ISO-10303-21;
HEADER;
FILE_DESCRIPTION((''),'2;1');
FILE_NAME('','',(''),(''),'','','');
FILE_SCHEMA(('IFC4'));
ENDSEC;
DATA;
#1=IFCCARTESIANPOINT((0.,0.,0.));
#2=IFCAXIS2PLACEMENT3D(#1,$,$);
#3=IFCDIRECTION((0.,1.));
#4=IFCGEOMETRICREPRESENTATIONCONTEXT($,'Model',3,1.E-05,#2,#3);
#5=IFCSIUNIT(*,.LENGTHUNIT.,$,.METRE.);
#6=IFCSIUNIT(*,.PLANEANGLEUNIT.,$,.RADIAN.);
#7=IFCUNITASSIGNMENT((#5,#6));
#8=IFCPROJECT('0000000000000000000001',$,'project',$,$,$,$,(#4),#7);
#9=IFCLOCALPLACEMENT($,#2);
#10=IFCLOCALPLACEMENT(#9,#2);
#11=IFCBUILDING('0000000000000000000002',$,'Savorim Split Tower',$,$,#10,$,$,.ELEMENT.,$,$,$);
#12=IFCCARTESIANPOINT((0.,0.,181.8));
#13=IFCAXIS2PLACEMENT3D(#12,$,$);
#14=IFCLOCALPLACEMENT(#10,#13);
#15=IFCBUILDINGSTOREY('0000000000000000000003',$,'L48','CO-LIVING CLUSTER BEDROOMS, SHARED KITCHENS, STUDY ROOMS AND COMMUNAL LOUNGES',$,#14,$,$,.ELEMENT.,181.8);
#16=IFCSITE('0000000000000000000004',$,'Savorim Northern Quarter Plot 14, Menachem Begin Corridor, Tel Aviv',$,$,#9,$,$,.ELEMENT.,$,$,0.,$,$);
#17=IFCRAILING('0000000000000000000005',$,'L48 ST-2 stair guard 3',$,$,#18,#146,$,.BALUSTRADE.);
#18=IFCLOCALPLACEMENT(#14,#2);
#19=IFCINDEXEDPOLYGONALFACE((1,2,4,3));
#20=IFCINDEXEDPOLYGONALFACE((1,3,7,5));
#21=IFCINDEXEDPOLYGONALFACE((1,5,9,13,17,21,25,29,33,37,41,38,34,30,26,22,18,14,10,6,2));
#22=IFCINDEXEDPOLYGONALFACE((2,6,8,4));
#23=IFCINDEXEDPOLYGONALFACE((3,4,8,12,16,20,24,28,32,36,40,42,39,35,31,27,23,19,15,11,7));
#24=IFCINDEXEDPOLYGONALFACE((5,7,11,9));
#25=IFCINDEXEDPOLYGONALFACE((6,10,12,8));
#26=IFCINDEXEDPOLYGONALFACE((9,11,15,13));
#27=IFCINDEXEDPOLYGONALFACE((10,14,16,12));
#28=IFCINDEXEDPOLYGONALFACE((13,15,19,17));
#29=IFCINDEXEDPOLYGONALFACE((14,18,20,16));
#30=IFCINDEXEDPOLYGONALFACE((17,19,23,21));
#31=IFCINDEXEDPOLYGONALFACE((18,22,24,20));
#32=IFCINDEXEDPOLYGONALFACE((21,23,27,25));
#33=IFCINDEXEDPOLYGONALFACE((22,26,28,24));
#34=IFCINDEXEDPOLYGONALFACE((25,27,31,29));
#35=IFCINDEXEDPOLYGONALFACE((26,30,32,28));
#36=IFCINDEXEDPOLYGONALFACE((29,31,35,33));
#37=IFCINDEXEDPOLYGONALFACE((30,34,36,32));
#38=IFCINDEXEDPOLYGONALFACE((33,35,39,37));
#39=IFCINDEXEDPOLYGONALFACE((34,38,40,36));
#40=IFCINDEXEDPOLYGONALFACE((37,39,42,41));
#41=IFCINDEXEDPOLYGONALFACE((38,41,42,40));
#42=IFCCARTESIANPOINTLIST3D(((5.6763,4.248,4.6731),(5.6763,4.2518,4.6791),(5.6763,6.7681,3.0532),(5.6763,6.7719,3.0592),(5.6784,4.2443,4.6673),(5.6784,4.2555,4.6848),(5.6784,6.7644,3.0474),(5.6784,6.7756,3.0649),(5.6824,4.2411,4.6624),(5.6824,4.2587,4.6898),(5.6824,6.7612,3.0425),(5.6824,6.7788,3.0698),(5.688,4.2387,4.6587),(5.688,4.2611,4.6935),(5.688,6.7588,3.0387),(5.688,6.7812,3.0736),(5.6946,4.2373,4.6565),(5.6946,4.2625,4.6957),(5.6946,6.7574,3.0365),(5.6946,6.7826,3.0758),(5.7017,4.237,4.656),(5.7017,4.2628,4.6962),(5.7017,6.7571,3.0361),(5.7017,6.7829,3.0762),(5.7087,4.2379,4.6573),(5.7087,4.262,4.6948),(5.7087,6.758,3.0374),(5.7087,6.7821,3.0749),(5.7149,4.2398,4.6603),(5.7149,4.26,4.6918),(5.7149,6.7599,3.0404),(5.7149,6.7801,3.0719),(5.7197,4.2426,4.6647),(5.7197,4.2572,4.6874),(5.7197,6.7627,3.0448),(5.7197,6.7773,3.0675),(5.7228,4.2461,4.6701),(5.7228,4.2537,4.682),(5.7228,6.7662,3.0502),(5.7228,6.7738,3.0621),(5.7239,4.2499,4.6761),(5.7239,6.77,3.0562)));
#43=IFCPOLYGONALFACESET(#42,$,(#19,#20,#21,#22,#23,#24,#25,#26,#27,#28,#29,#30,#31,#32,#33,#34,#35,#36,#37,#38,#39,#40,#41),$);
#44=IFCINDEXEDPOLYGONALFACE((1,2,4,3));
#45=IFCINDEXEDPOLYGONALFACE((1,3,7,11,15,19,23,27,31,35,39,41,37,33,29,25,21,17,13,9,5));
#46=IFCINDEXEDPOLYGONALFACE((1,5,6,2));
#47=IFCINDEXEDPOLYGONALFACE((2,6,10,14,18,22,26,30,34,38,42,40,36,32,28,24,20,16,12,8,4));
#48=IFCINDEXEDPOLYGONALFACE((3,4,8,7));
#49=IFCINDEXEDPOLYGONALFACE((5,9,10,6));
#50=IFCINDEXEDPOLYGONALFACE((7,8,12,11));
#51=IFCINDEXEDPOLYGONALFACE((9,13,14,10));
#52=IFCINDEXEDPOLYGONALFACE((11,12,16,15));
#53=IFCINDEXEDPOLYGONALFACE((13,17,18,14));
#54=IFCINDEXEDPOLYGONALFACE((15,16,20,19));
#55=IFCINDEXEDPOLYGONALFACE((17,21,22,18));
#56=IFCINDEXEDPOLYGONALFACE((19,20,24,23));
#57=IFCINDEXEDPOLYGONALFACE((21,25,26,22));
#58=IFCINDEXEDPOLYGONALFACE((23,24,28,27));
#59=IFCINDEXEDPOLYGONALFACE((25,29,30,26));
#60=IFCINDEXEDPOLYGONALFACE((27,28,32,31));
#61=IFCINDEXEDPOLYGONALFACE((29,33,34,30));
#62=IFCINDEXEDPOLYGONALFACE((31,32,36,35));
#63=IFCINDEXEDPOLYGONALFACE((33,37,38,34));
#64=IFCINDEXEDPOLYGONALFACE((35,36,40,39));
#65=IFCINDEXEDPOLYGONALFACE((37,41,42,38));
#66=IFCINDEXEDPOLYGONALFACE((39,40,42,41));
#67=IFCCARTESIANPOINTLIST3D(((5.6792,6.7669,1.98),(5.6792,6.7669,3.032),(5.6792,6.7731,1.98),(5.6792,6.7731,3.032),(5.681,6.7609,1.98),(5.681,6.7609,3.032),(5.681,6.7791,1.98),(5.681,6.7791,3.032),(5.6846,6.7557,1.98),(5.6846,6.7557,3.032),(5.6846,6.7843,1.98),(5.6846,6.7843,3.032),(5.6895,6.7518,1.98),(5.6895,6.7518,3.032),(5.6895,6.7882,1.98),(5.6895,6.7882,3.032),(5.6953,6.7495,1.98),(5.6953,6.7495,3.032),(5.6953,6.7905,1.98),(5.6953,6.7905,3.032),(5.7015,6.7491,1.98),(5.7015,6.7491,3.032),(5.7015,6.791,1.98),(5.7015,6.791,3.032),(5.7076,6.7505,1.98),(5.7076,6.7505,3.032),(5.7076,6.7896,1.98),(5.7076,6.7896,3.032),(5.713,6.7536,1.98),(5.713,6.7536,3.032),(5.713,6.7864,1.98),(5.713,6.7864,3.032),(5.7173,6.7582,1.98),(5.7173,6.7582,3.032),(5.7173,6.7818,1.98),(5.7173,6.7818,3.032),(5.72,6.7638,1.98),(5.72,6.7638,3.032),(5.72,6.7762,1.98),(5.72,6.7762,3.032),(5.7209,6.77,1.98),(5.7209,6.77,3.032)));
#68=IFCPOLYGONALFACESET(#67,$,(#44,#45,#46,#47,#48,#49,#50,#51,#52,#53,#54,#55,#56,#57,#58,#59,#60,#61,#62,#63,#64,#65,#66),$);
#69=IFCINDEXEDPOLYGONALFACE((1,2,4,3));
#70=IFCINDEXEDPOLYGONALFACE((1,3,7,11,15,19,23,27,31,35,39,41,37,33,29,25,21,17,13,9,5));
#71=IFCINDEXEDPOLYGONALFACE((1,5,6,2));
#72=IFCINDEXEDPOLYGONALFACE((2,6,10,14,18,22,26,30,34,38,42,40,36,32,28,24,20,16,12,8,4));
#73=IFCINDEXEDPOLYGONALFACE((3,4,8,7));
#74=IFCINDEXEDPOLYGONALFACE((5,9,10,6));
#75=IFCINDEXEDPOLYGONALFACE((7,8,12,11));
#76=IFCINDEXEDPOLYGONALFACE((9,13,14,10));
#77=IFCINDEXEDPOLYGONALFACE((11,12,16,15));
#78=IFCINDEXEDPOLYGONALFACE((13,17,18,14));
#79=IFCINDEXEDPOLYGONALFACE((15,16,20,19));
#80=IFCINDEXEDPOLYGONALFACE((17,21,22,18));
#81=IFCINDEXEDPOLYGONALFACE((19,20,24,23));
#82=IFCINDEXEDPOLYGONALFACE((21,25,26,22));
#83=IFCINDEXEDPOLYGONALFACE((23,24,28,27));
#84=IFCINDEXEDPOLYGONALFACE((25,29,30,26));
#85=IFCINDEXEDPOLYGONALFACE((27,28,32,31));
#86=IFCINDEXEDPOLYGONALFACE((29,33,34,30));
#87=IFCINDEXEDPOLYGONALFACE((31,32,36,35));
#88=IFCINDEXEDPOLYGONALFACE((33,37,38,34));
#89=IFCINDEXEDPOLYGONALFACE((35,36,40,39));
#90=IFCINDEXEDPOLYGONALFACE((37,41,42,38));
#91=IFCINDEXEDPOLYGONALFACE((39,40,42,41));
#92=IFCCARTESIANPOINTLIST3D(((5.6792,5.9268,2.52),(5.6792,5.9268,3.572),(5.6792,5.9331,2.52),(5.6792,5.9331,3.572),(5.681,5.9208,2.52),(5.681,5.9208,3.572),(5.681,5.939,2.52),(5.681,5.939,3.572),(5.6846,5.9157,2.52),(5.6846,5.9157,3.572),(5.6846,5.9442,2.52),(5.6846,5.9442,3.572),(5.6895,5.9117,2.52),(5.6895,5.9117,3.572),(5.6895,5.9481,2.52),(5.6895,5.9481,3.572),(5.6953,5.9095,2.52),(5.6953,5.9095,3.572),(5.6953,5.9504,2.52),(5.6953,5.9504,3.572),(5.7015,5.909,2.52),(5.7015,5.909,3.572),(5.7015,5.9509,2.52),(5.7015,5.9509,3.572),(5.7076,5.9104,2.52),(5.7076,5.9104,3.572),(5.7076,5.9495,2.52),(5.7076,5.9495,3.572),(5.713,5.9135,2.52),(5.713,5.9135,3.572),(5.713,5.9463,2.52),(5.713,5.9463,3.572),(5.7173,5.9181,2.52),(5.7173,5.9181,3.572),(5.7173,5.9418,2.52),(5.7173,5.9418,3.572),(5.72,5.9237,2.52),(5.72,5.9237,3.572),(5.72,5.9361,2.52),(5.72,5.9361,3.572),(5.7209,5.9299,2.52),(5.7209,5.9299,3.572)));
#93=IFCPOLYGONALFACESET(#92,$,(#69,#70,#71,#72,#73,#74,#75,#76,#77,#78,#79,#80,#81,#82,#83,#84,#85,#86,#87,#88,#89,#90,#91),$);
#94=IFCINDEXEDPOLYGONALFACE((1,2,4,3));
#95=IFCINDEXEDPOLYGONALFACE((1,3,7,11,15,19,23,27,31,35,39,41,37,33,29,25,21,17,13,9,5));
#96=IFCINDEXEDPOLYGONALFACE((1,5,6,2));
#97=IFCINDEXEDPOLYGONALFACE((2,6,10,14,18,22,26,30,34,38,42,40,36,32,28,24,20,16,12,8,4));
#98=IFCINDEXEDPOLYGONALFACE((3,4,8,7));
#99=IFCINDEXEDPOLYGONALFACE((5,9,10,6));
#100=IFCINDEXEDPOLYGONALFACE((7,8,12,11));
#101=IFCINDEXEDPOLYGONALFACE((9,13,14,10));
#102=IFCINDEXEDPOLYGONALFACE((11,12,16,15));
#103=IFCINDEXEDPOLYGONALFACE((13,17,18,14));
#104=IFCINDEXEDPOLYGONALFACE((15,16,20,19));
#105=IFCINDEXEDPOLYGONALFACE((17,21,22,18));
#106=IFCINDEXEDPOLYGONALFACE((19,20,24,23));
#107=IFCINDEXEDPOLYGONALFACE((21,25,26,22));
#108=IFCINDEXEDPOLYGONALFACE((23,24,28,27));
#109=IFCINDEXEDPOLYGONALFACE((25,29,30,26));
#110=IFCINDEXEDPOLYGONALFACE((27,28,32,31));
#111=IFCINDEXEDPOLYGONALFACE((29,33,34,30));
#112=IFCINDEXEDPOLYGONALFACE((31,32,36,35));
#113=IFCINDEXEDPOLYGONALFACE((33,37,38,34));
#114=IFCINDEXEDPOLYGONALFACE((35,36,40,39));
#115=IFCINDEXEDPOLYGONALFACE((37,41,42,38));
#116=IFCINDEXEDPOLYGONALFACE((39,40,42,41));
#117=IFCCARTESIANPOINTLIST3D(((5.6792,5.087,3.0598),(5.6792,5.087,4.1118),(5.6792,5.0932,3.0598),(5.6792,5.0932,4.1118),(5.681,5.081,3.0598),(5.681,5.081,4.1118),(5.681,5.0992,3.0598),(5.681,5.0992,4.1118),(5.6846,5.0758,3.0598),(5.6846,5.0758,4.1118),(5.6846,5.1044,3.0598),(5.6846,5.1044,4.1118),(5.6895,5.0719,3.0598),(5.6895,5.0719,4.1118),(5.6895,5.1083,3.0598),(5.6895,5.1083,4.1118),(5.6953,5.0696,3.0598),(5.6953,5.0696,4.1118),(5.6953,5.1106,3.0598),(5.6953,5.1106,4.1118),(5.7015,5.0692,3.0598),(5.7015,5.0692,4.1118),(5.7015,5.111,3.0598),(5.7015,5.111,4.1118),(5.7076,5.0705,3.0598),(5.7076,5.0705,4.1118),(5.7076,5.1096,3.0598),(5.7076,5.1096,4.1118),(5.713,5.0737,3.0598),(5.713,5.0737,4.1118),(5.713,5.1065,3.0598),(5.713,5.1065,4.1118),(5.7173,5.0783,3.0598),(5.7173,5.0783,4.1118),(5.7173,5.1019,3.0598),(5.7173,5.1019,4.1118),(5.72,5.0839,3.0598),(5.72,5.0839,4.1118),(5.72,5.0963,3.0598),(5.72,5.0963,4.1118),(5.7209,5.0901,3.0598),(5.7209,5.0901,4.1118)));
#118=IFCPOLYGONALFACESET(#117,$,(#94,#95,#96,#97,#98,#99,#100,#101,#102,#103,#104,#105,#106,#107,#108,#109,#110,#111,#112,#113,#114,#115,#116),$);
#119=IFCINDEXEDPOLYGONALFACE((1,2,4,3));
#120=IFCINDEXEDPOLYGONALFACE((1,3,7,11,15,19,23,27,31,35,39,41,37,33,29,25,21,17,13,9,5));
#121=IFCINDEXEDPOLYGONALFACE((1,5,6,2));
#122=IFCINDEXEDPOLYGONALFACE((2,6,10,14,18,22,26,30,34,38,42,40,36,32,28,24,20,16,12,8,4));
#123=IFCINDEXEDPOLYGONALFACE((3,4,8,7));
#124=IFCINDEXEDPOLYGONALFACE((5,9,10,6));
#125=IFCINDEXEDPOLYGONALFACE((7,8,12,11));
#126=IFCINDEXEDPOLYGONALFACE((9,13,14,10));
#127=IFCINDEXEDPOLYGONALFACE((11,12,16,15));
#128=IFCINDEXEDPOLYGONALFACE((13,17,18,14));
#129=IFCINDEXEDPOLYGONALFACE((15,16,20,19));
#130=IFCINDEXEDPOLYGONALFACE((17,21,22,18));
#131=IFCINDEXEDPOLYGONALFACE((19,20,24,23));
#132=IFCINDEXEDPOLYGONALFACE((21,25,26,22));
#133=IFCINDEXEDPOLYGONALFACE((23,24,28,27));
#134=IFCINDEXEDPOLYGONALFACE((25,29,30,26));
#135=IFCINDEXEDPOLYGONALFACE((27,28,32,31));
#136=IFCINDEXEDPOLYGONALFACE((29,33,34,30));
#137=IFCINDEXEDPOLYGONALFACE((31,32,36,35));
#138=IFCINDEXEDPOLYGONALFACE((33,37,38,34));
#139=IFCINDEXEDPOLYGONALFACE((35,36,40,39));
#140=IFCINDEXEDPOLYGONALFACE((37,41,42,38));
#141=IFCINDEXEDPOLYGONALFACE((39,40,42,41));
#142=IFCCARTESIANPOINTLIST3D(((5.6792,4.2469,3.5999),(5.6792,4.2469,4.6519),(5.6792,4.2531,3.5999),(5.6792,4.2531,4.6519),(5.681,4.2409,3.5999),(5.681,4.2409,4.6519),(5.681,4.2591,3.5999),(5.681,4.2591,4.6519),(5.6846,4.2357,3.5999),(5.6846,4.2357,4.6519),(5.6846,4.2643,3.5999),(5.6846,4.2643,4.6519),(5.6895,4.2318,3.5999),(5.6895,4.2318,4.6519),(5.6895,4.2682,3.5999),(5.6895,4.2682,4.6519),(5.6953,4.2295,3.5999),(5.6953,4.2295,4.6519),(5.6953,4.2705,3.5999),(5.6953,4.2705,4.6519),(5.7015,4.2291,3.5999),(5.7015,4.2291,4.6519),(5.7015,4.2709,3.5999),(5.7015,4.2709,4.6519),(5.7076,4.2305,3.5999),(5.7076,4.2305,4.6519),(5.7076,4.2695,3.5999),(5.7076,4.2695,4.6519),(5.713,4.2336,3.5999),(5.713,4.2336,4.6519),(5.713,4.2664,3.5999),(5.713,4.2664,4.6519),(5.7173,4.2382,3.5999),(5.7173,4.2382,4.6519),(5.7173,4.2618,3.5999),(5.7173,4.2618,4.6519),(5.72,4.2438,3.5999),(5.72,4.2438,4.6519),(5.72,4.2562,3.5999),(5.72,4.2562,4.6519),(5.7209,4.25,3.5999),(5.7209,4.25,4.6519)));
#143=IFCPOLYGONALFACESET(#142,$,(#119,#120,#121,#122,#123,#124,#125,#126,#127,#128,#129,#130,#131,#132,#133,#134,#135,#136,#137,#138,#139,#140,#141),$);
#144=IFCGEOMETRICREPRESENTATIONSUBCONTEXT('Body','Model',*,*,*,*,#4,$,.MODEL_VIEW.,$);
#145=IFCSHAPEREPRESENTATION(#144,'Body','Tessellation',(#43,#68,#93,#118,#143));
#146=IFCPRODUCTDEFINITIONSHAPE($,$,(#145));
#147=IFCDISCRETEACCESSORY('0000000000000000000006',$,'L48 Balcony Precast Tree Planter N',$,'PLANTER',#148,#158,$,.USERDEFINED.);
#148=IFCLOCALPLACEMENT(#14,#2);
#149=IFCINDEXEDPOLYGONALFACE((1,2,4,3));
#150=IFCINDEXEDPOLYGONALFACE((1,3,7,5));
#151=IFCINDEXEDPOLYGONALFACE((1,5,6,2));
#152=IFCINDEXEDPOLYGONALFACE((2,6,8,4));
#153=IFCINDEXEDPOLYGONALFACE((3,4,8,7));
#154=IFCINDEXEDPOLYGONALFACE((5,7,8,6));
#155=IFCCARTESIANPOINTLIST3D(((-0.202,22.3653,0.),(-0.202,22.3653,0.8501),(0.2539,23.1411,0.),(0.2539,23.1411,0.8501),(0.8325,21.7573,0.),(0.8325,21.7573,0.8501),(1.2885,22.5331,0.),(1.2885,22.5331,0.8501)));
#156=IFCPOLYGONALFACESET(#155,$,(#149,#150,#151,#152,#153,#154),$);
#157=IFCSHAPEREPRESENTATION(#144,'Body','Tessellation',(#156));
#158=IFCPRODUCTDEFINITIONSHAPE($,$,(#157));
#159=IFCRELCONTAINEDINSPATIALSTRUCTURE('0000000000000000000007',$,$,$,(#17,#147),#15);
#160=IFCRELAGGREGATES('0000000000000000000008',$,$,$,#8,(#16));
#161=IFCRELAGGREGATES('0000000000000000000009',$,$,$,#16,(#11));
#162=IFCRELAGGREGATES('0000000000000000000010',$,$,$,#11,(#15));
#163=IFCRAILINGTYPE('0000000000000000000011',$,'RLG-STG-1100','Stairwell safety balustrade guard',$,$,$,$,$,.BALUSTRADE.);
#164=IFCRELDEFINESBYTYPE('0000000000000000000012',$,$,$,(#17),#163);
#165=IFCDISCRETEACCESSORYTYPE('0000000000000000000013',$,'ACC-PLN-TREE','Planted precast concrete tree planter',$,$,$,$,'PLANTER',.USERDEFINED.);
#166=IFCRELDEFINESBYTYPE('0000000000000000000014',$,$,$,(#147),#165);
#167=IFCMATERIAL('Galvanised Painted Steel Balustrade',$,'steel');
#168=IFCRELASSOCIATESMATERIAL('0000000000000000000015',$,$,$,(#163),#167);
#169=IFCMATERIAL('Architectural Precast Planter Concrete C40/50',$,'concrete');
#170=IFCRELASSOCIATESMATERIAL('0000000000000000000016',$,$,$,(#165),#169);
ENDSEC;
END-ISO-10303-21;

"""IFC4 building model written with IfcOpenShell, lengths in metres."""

from ifc_helpers import new_model, si_unit, direction, frame, origin, origin_2d, place, context, subcontext, project, spatial, rectangle, circle, extrude, material, type_object, element, save


model = new_model("IFC4")

# Units and contexts
model_context = context("Model", 3, precision=1e-05, world=origin(), true_north=direction((0.0, 1.0)))
body_context = subcontext(model_context, "Body", "Model", "MODEL_VIEW")
ifc_project = project(units=[si_unit("LENGTHUNIT", "METRE"), si_unit("PLANEANGLEUNIT", "RADIAN")], contexts=[model_context])

# Site, building, storey
site_placement = place(None, origin())
site = spatial("IfcSite", under=ifc_project, at=site_placement, Name="Savorim Northern Quarter Plot 14, Menachem Begin Corridor, Tel Aviv", CompositionType="ELEMENT", RefElevation=0.0)
building_placement = place(site_placement, origin())
building = spatial("IfcBuilding", under=site, at=building_placement, Name="Savorim Split Tower", CompositionType="ELEMENT")
storey_placement = place(building_placement, frame((0.0, 0.0, 181.8)))
storey = spatial("IfcBuildingStorey", under=building, at=storey_placement, Name="L48", Description="CO-LIVING CLUSTER BEDROOMS, SHARED KITCHENS, STUDY ROOMS AND COMMUNAL LOUNGES", CompositionType="ELEMENT", Elevation=181.8)

# Railing
ifc_material_1 = material(Name="Galvanised Painted Steel Balustrade", Category="steel")
railing_type_1 = type_object("IfcRailingType", Name="RLG-STG-1100", Description="Stairwell safety balustrade guard", PredefinedType="BALUSTRADE", material=ifc_material_1)
railing_1_placement = place(storey_placement, frame((5.7, 6.77, 1.98)))
element("IfcRailing", 1, at=railing_1_placement, inside=storey, type_object=railing_type_1, Name="L48 ST-2 stair guard 3", PredefinedType="BALUSTRADE", context=body_context, shape_type="SweptSolid", body=[
    extrude(circle(Radius=0.0239, at=origin_2d()), frame((0.0, 0.0, 1.0762), z_axis=(0.0, -0.8412, 0.540725), x_axis=(1.0, 0.0, 0.0)), (0.0, 0.0, 1.0), 2.9958),
    extrude(circle(Radius=0.021, at=origin_2d()), origin(), (0.0, 0.0, 1.0), 1.052),
    extrude(circle(Radius=0.021, at=origin_2d()), frame((0.0, -0.8401, 0.54)), (0.0, 0.0, 1.0), 1.052),
    extrude(circle(Radius=0.021, at=origin_2d()), frame((0.0, -1.6799, 1.0798)), (0.0, 0.0, 1.0), 1.052),
    extrude(circle(Radius=0.021, at=origin_2d()), frame((0.0, -2.52, 1.6199)), (0.0, 0.0, 1.0), 1.052),
])

# Discrete accessory
ifc_material_2 = material(Name="Architectural Precast Planter Concrete C40/50", Category="concrete")
discrete_accessory_type = type_object("IfcDiscreteAccessoryType", Name="ACC-PLN-TREE", Description="Planted precast concrete tree planter", ElementType="PLANTER", PredefinedType="USERDEFINED", material=ifc_material_2)
discrete_accessory_placement = place(storey_placement, frame((0.5432, 22.4492, 0.0), z_axis=(0.0, 0.0, 1.0), x_axis=(-0.862127, 0.506693, 0.0)))
element("IfcDiscreteAccessory", 2, at=discrete_accessory_placement, inside=storey, type_object=discrete_accessory_type, Name="L48 Balcony Precast Tree Planter N", ObjectType="PLANTER", PredefinedType="USERDEFINED", context=body_context, shape_type="SweptSolid", body=[
    extrude(rectangle(XDim=1.2, YDim=0.8999, at=origin_2d()), origin(), (0.0, 0.0, 1.0), 0.8501),
])

save(model, "model.ifc")
